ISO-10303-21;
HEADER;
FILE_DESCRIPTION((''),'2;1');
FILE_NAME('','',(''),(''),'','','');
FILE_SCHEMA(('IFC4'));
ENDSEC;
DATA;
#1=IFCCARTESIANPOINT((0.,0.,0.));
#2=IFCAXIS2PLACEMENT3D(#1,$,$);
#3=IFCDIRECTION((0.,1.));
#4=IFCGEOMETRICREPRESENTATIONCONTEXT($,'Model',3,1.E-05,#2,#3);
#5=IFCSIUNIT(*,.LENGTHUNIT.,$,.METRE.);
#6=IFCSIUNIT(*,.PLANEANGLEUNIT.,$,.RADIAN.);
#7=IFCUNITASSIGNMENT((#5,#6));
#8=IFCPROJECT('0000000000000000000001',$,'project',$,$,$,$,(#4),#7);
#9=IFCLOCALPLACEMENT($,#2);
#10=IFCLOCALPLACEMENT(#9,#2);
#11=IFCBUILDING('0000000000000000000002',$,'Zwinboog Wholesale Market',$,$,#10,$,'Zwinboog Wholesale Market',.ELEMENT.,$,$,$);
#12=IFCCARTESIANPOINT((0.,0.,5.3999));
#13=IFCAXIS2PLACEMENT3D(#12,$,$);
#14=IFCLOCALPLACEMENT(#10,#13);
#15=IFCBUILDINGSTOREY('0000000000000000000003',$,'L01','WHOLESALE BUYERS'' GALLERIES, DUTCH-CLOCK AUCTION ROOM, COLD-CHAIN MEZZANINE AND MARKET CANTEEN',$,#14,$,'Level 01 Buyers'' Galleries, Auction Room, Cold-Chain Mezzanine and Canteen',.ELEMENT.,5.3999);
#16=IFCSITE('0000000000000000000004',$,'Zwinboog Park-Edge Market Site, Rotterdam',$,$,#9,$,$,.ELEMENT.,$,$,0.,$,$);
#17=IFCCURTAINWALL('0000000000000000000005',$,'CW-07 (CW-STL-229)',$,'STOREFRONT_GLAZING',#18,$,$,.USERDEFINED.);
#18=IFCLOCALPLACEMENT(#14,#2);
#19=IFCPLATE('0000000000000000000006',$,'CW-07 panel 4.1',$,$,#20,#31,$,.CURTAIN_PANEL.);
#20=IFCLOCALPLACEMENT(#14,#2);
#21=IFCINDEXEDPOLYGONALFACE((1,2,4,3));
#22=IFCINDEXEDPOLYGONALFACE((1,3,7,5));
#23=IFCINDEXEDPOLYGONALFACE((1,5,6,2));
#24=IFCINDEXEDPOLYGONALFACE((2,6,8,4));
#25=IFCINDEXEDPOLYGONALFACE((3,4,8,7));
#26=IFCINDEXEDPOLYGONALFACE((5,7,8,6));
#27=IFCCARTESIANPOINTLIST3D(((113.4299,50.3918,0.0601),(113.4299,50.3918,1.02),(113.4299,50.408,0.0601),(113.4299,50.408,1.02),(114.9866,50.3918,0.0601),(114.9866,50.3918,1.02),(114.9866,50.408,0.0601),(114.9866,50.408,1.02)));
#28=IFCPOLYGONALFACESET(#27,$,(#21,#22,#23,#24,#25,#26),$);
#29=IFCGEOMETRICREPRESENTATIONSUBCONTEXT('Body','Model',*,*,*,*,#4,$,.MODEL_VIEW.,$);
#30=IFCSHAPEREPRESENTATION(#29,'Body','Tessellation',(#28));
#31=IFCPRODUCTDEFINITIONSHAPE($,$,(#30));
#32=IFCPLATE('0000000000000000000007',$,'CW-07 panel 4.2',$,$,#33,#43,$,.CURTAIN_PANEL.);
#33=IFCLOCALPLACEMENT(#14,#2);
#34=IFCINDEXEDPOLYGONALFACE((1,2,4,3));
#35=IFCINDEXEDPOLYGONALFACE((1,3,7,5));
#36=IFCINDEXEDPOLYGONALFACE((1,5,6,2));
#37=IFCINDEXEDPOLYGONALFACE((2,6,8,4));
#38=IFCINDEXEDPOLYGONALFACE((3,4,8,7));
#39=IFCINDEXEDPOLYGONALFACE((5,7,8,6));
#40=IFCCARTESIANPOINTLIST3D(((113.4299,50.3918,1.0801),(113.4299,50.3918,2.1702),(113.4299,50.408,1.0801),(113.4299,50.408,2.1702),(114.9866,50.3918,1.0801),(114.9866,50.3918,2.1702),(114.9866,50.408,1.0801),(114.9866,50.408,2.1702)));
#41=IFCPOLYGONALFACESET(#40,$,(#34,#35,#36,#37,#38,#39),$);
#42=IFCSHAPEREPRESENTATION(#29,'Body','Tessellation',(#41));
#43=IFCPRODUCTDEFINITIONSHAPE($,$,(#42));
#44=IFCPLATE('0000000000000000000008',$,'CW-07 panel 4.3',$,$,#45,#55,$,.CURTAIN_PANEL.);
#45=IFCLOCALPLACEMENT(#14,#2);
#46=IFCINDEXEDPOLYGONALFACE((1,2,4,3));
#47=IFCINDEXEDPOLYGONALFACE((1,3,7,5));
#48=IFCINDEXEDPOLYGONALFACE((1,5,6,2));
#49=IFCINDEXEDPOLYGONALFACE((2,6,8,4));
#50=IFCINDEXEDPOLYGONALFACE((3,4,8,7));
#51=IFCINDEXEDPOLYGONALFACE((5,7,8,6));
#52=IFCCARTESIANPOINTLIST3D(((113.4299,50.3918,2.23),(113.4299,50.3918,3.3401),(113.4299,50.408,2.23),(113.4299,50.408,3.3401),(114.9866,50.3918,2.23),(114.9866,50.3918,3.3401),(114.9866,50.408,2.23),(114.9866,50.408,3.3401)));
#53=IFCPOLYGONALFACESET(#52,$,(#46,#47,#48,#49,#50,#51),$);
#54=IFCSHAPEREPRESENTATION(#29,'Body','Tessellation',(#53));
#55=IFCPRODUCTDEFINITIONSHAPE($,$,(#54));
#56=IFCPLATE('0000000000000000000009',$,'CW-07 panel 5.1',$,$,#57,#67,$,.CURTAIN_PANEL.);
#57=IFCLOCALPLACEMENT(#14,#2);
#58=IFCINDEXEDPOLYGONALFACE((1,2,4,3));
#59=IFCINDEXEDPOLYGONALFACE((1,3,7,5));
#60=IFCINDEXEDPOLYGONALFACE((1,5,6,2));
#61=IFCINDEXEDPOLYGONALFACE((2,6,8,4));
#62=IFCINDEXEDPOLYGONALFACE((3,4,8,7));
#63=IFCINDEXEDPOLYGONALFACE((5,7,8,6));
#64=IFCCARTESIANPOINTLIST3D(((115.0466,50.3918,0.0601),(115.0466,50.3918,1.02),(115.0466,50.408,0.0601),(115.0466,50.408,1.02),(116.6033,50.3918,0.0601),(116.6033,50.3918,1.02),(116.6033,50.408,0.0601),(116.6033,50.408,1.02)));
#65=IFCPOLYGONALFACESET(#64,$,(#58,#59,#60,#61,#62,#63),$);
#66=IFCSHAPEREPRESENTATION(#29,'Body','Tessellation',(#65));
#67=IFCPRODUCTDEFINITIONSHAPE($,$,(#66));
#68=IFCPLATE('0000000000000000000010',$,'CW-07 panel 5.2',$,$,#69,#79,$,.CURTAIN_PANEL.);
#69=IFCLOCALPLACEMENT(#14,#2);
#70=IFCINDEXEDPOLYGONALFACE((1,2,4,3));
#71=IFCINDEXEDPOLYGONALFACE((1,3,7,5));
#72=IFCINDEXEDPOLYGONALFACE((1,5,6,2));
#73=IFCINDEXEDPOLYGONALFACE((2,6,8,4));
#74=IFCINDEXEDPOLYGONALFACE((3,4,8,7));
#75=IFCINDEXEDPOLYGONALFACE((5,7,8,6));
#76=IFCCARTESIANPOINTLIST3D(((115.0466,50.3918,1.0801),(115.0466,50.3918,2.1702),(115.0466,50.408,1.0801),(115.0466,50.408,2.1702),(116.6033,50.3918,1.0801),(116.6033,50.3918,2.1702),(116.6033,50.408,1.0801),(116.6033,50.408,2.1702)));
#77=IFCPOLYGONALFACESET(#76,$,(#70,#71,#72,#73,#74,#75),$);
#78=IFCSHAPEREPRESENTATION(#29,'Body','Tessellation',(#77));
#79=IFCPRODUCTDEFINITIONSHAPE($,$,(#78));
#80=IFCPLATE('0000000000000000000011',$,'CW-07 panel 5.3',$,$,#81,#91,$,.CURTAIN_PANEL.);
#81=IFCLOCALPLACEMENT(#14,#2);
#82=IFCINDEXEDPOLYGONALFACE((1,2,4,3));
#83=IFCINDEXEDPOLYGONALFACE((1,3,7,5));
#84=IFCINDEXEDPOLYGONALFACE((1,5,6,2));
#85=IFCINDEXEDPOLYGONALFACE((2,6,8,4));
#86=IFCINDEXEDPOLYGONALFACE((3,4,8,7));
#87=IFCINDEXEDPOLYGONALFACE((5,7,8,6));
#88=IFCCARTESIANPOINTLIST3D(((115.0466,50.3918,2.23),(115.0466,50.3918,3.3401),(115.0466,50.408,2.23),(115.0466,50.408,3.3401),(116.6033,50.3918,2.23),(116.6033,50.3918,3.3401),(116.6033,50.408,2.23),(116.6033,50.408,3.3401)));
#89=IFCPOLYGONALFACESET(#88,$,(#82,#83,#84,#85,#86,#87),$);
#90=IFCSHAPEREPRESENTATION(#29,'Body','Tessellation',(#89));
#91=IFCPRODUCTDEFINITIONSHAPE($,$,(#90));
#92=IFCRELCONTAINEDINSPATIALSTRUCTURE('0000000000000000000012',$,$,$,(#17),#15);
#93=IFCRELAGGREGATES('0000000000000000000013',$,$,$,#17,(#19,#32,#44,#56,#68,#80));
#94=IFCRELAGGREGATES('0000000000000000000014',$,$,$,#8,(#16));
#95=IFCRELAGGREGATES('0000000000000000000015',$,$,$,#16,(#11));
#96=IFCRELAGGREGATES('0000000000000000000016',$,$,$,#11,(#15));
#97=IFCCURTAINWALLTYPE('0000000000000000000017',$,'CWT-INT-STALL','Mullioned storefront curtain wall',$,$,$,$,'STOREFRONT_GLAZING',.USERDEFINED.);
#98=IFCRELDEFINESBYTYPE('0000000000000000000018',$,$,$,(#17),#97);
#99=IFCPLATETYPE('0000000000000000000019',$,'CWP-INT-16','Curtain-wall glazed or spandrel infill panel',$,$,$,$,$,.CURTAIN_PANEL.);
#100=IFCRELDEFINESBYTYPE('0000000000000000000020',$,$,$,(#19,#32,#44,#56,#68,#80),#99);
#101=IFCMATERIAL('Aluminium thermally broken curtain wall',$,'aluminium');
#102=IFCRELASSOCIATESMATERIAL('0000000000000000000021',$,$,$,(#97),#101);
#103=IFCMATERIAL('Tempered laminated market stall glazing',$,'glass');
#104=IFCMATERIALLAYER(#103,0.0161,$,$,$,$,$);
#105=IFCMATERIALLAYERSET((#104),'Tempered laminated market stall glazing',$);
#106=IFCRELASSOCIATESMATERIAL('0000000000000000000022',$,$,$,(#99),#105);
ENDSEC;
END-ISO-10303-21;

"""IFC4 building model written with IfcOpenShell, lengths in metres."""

from ifc_helpers import new_model, si_unit, direction, frame, origin, origin_2d, place, context, subcontext, project, spatial, rectangle, extrude, material, layer, layer_set, type_object, element, aggregate, save


model = new_model("IFC4")

# Units and contexts
model_context = context("Model", 3, precision=1e-05, world=origin(), true_north=direction((0.0, 1.0)))
body_context = subcontext(model_context, "Body", "Model", "MODEL_VIEW")
ifc_project = project(units=[si_unit("LENGTHUNIT", "METRE"), si_unit("PLANEANGLEUNIT", "RADIAN")], contexts=[model_context])

# Site, building, storey
site_placement = place(None, origin())
site = spatial("IfcSite", under=ifc_project, at=site_placement, Name="Zwinboog Park-Edge Market Site, Rotterdam", CompositionType="ELEMENT", RefElevation=0.0)
building_placement = place(site_placement, origin())
building = spatial("IfcBuilding", under=site, at=building_placement, Name="Zwinboog Wholesale Market", LongName="Zwinboog Wholesale Market", CompositionType="ELEMENT")
storey_placement = place(building_placement, frame((0.0, 0.0, 5.3999)))
storey = spatial("IfcBuildingStorey", under=building, at=storey_placement, Name="L01", Description="WHOLESALE BUYERS' GALLERIES, DUTCH-CLOCK AUCTION ROOM, COLD-CHAIN MEZZANINE AND MARKET CANTEEN", LongName="Level 01 Buyers' Galleries, Auction Room, Cold-Chain Mezzanine and Canteen", CompositionType="ELEMENT", Elevation=5.3999)

# Curtain wall
ifc_material_1 = material(Name="Aluminium thermally broken curtain wall", Category="aluminium")
curtain_wall_type_1 = type_object("IfcCurtainWallType", Name="CWT-INT-STALL", Description="Mullioned storefront curtain wall", ElementType="STOREFRONT_GLAZING", PredefinedType="USERDEFINED", material=ifc_material_1)
curtain_wall_1_placement = place(storey_placement, origin())
curtain_wall_1 = element("IfcCurtainWall", 1, at=curtain_wall_1_placement, inside=storey, type_object=curtain_wall_type_1, Name="CW-07 (CW-STL-229)", ObjectType="STOREFRONT_GLAZING", PredefinedType="USERDEFINED")

# Plates
ifc_material_2 = material(Name="Tempered laminated market stall glazing", Category="glass")
ifc_layer_1 = layer(ifc_material_2, 0.0161)
ifc_layer_set_1 = layer_set([ifc_layer_1], Name="Tempered laminated market stall glazing")
plate_type_1 = type_object("IfcPlateType", Name="CWP-INT-16", Description="Curtain-wall glazed or spandrel infill panel", PredefinedType="CURTAIN_PANEL", material=ifc_layer_set_1)
plate_1_placement = place(storey_placement, frame((114.2083, 50.3999, 0.0601), z_axis=(0.0, 0.0, 1.0), x_axis=(1.0, 0.0, 0.0)))
plate_1 = element("IfcPlate", 2, at=plate_1_placement, type_object=plate_type_1, Name="CW-07 panel 4.1", PredefinedType="CURTAIN_PANEL", context=body_context, shape_type="SweptSolid", body=[
    extrude(rectangle(XDim=1.5566, YDim=0.0161, at=origin_2d()), origin(), (0.0, 0.0, 1.0), 0.96),
])
plate_2_placement = place(storey_placement, frame((114.2083, 50.3999, 1.0801), z_axis=(0.0, 0.0, 1.0), x_axis=(1.0, 0.0, 0.0)))
plate_2 = element("IfcPlate", 3, at=plate_2_placement, type_object=plate_type_1, Name="CW-07 panel 4.2", PredefinedType="CURTAIN_PANEL", context=body_context, shape_type="SweptSolid", body=[
    extrude(rectangle(XDim=1.5566, YDim=0.0161, at=origin_2d()), origin(), (0.0, 0.0, 1.0), 1.0901),
])
plate_3_placement = place(storey_placement, frame((114.2083, 50.3999, 2.23), z_axis=(0.0, 0.0, 1.0), x_axis=(1.0, 0.0, 0.0)))
plate_3 = element("IfcPlate", 4, at=plate_3_placement, type_object=plate_type_1, Name="CW-07 panel 4.3", PredefinedType="CURTAIN_PANEL", context=body_context, shape_type="SweptSolid", body=[
    extrude(rectangle(XDim=1.5566, YDim=0.0161, at=origin_2d()), origin(), (0.0, 0.0, 1.0), 1.1101),
])
plate_4_placement = place(storey_placement, frame((115.825, 50.3999, 0.0601), z_axis=(0.0, 0.0, 1.0), x_axis=(1.0, 0.0, 0.0)))
plate_4 = element("IfcPlate", 5, at=plate_4_placement, type_object=plate_type_1, Name="CW-07 panel 5.1", PredefinedType="CURTAIN_PANEL", context=body_context, shape_type="SweptSolid", body=[
    extrude(rectangle(XDim=1.5566, YDim=0.0161, at=origin_2d()), origin(), (0.0, 0.0, 1.0), 0.96),
])
plate_5_placement = place(storey_placement, frame((115.825, 50.3999, 1.0801), z_axis=(0.0, 0.0, 1.0), x_axis=(1.0, 0.0, 0.0)))
plate_5 = element("IfcPlate", 6, at=plate_5_placement, type_object=plate_type_1, Name="CW-07 panel 5.2", PredefinedType="CURTAIN_PANEL", context=body_context, shape_type="SweptSolid", body=[
    extrude(rectangle(XDim=1.5566, YDim=0.0161, at=origin_2d()), origin(), (0.0, 0.0, 1.0), 1.0901),
])
plate_6_placement = place(storey_placement, frame((115.825, 50.3999, 2.23), z_axis=(0.0, 0.0, 1.0), x_axis=(1.0, 0.0, 0.0)))
plate_6 = element("IfcPlate", 7, at=plate_6_placement, type_object=plate_type_1, Name="CW-07 panel 5.3", PredefinedType="CURTAIN_PANEL", context=body_context, shape_type="SweptSolid", body=[
    extrude(rectangle(XDim=1.5566, YDim=0.0161, at=origin_2d()), origin(), (0.0, 0.0, 1.0), 1.1101),
])
aggregate(curtain_wall_1, [plate_1, plate_2, plate_3, plate_4, plate_5, plate_6])

save(model, "model.ifc")
